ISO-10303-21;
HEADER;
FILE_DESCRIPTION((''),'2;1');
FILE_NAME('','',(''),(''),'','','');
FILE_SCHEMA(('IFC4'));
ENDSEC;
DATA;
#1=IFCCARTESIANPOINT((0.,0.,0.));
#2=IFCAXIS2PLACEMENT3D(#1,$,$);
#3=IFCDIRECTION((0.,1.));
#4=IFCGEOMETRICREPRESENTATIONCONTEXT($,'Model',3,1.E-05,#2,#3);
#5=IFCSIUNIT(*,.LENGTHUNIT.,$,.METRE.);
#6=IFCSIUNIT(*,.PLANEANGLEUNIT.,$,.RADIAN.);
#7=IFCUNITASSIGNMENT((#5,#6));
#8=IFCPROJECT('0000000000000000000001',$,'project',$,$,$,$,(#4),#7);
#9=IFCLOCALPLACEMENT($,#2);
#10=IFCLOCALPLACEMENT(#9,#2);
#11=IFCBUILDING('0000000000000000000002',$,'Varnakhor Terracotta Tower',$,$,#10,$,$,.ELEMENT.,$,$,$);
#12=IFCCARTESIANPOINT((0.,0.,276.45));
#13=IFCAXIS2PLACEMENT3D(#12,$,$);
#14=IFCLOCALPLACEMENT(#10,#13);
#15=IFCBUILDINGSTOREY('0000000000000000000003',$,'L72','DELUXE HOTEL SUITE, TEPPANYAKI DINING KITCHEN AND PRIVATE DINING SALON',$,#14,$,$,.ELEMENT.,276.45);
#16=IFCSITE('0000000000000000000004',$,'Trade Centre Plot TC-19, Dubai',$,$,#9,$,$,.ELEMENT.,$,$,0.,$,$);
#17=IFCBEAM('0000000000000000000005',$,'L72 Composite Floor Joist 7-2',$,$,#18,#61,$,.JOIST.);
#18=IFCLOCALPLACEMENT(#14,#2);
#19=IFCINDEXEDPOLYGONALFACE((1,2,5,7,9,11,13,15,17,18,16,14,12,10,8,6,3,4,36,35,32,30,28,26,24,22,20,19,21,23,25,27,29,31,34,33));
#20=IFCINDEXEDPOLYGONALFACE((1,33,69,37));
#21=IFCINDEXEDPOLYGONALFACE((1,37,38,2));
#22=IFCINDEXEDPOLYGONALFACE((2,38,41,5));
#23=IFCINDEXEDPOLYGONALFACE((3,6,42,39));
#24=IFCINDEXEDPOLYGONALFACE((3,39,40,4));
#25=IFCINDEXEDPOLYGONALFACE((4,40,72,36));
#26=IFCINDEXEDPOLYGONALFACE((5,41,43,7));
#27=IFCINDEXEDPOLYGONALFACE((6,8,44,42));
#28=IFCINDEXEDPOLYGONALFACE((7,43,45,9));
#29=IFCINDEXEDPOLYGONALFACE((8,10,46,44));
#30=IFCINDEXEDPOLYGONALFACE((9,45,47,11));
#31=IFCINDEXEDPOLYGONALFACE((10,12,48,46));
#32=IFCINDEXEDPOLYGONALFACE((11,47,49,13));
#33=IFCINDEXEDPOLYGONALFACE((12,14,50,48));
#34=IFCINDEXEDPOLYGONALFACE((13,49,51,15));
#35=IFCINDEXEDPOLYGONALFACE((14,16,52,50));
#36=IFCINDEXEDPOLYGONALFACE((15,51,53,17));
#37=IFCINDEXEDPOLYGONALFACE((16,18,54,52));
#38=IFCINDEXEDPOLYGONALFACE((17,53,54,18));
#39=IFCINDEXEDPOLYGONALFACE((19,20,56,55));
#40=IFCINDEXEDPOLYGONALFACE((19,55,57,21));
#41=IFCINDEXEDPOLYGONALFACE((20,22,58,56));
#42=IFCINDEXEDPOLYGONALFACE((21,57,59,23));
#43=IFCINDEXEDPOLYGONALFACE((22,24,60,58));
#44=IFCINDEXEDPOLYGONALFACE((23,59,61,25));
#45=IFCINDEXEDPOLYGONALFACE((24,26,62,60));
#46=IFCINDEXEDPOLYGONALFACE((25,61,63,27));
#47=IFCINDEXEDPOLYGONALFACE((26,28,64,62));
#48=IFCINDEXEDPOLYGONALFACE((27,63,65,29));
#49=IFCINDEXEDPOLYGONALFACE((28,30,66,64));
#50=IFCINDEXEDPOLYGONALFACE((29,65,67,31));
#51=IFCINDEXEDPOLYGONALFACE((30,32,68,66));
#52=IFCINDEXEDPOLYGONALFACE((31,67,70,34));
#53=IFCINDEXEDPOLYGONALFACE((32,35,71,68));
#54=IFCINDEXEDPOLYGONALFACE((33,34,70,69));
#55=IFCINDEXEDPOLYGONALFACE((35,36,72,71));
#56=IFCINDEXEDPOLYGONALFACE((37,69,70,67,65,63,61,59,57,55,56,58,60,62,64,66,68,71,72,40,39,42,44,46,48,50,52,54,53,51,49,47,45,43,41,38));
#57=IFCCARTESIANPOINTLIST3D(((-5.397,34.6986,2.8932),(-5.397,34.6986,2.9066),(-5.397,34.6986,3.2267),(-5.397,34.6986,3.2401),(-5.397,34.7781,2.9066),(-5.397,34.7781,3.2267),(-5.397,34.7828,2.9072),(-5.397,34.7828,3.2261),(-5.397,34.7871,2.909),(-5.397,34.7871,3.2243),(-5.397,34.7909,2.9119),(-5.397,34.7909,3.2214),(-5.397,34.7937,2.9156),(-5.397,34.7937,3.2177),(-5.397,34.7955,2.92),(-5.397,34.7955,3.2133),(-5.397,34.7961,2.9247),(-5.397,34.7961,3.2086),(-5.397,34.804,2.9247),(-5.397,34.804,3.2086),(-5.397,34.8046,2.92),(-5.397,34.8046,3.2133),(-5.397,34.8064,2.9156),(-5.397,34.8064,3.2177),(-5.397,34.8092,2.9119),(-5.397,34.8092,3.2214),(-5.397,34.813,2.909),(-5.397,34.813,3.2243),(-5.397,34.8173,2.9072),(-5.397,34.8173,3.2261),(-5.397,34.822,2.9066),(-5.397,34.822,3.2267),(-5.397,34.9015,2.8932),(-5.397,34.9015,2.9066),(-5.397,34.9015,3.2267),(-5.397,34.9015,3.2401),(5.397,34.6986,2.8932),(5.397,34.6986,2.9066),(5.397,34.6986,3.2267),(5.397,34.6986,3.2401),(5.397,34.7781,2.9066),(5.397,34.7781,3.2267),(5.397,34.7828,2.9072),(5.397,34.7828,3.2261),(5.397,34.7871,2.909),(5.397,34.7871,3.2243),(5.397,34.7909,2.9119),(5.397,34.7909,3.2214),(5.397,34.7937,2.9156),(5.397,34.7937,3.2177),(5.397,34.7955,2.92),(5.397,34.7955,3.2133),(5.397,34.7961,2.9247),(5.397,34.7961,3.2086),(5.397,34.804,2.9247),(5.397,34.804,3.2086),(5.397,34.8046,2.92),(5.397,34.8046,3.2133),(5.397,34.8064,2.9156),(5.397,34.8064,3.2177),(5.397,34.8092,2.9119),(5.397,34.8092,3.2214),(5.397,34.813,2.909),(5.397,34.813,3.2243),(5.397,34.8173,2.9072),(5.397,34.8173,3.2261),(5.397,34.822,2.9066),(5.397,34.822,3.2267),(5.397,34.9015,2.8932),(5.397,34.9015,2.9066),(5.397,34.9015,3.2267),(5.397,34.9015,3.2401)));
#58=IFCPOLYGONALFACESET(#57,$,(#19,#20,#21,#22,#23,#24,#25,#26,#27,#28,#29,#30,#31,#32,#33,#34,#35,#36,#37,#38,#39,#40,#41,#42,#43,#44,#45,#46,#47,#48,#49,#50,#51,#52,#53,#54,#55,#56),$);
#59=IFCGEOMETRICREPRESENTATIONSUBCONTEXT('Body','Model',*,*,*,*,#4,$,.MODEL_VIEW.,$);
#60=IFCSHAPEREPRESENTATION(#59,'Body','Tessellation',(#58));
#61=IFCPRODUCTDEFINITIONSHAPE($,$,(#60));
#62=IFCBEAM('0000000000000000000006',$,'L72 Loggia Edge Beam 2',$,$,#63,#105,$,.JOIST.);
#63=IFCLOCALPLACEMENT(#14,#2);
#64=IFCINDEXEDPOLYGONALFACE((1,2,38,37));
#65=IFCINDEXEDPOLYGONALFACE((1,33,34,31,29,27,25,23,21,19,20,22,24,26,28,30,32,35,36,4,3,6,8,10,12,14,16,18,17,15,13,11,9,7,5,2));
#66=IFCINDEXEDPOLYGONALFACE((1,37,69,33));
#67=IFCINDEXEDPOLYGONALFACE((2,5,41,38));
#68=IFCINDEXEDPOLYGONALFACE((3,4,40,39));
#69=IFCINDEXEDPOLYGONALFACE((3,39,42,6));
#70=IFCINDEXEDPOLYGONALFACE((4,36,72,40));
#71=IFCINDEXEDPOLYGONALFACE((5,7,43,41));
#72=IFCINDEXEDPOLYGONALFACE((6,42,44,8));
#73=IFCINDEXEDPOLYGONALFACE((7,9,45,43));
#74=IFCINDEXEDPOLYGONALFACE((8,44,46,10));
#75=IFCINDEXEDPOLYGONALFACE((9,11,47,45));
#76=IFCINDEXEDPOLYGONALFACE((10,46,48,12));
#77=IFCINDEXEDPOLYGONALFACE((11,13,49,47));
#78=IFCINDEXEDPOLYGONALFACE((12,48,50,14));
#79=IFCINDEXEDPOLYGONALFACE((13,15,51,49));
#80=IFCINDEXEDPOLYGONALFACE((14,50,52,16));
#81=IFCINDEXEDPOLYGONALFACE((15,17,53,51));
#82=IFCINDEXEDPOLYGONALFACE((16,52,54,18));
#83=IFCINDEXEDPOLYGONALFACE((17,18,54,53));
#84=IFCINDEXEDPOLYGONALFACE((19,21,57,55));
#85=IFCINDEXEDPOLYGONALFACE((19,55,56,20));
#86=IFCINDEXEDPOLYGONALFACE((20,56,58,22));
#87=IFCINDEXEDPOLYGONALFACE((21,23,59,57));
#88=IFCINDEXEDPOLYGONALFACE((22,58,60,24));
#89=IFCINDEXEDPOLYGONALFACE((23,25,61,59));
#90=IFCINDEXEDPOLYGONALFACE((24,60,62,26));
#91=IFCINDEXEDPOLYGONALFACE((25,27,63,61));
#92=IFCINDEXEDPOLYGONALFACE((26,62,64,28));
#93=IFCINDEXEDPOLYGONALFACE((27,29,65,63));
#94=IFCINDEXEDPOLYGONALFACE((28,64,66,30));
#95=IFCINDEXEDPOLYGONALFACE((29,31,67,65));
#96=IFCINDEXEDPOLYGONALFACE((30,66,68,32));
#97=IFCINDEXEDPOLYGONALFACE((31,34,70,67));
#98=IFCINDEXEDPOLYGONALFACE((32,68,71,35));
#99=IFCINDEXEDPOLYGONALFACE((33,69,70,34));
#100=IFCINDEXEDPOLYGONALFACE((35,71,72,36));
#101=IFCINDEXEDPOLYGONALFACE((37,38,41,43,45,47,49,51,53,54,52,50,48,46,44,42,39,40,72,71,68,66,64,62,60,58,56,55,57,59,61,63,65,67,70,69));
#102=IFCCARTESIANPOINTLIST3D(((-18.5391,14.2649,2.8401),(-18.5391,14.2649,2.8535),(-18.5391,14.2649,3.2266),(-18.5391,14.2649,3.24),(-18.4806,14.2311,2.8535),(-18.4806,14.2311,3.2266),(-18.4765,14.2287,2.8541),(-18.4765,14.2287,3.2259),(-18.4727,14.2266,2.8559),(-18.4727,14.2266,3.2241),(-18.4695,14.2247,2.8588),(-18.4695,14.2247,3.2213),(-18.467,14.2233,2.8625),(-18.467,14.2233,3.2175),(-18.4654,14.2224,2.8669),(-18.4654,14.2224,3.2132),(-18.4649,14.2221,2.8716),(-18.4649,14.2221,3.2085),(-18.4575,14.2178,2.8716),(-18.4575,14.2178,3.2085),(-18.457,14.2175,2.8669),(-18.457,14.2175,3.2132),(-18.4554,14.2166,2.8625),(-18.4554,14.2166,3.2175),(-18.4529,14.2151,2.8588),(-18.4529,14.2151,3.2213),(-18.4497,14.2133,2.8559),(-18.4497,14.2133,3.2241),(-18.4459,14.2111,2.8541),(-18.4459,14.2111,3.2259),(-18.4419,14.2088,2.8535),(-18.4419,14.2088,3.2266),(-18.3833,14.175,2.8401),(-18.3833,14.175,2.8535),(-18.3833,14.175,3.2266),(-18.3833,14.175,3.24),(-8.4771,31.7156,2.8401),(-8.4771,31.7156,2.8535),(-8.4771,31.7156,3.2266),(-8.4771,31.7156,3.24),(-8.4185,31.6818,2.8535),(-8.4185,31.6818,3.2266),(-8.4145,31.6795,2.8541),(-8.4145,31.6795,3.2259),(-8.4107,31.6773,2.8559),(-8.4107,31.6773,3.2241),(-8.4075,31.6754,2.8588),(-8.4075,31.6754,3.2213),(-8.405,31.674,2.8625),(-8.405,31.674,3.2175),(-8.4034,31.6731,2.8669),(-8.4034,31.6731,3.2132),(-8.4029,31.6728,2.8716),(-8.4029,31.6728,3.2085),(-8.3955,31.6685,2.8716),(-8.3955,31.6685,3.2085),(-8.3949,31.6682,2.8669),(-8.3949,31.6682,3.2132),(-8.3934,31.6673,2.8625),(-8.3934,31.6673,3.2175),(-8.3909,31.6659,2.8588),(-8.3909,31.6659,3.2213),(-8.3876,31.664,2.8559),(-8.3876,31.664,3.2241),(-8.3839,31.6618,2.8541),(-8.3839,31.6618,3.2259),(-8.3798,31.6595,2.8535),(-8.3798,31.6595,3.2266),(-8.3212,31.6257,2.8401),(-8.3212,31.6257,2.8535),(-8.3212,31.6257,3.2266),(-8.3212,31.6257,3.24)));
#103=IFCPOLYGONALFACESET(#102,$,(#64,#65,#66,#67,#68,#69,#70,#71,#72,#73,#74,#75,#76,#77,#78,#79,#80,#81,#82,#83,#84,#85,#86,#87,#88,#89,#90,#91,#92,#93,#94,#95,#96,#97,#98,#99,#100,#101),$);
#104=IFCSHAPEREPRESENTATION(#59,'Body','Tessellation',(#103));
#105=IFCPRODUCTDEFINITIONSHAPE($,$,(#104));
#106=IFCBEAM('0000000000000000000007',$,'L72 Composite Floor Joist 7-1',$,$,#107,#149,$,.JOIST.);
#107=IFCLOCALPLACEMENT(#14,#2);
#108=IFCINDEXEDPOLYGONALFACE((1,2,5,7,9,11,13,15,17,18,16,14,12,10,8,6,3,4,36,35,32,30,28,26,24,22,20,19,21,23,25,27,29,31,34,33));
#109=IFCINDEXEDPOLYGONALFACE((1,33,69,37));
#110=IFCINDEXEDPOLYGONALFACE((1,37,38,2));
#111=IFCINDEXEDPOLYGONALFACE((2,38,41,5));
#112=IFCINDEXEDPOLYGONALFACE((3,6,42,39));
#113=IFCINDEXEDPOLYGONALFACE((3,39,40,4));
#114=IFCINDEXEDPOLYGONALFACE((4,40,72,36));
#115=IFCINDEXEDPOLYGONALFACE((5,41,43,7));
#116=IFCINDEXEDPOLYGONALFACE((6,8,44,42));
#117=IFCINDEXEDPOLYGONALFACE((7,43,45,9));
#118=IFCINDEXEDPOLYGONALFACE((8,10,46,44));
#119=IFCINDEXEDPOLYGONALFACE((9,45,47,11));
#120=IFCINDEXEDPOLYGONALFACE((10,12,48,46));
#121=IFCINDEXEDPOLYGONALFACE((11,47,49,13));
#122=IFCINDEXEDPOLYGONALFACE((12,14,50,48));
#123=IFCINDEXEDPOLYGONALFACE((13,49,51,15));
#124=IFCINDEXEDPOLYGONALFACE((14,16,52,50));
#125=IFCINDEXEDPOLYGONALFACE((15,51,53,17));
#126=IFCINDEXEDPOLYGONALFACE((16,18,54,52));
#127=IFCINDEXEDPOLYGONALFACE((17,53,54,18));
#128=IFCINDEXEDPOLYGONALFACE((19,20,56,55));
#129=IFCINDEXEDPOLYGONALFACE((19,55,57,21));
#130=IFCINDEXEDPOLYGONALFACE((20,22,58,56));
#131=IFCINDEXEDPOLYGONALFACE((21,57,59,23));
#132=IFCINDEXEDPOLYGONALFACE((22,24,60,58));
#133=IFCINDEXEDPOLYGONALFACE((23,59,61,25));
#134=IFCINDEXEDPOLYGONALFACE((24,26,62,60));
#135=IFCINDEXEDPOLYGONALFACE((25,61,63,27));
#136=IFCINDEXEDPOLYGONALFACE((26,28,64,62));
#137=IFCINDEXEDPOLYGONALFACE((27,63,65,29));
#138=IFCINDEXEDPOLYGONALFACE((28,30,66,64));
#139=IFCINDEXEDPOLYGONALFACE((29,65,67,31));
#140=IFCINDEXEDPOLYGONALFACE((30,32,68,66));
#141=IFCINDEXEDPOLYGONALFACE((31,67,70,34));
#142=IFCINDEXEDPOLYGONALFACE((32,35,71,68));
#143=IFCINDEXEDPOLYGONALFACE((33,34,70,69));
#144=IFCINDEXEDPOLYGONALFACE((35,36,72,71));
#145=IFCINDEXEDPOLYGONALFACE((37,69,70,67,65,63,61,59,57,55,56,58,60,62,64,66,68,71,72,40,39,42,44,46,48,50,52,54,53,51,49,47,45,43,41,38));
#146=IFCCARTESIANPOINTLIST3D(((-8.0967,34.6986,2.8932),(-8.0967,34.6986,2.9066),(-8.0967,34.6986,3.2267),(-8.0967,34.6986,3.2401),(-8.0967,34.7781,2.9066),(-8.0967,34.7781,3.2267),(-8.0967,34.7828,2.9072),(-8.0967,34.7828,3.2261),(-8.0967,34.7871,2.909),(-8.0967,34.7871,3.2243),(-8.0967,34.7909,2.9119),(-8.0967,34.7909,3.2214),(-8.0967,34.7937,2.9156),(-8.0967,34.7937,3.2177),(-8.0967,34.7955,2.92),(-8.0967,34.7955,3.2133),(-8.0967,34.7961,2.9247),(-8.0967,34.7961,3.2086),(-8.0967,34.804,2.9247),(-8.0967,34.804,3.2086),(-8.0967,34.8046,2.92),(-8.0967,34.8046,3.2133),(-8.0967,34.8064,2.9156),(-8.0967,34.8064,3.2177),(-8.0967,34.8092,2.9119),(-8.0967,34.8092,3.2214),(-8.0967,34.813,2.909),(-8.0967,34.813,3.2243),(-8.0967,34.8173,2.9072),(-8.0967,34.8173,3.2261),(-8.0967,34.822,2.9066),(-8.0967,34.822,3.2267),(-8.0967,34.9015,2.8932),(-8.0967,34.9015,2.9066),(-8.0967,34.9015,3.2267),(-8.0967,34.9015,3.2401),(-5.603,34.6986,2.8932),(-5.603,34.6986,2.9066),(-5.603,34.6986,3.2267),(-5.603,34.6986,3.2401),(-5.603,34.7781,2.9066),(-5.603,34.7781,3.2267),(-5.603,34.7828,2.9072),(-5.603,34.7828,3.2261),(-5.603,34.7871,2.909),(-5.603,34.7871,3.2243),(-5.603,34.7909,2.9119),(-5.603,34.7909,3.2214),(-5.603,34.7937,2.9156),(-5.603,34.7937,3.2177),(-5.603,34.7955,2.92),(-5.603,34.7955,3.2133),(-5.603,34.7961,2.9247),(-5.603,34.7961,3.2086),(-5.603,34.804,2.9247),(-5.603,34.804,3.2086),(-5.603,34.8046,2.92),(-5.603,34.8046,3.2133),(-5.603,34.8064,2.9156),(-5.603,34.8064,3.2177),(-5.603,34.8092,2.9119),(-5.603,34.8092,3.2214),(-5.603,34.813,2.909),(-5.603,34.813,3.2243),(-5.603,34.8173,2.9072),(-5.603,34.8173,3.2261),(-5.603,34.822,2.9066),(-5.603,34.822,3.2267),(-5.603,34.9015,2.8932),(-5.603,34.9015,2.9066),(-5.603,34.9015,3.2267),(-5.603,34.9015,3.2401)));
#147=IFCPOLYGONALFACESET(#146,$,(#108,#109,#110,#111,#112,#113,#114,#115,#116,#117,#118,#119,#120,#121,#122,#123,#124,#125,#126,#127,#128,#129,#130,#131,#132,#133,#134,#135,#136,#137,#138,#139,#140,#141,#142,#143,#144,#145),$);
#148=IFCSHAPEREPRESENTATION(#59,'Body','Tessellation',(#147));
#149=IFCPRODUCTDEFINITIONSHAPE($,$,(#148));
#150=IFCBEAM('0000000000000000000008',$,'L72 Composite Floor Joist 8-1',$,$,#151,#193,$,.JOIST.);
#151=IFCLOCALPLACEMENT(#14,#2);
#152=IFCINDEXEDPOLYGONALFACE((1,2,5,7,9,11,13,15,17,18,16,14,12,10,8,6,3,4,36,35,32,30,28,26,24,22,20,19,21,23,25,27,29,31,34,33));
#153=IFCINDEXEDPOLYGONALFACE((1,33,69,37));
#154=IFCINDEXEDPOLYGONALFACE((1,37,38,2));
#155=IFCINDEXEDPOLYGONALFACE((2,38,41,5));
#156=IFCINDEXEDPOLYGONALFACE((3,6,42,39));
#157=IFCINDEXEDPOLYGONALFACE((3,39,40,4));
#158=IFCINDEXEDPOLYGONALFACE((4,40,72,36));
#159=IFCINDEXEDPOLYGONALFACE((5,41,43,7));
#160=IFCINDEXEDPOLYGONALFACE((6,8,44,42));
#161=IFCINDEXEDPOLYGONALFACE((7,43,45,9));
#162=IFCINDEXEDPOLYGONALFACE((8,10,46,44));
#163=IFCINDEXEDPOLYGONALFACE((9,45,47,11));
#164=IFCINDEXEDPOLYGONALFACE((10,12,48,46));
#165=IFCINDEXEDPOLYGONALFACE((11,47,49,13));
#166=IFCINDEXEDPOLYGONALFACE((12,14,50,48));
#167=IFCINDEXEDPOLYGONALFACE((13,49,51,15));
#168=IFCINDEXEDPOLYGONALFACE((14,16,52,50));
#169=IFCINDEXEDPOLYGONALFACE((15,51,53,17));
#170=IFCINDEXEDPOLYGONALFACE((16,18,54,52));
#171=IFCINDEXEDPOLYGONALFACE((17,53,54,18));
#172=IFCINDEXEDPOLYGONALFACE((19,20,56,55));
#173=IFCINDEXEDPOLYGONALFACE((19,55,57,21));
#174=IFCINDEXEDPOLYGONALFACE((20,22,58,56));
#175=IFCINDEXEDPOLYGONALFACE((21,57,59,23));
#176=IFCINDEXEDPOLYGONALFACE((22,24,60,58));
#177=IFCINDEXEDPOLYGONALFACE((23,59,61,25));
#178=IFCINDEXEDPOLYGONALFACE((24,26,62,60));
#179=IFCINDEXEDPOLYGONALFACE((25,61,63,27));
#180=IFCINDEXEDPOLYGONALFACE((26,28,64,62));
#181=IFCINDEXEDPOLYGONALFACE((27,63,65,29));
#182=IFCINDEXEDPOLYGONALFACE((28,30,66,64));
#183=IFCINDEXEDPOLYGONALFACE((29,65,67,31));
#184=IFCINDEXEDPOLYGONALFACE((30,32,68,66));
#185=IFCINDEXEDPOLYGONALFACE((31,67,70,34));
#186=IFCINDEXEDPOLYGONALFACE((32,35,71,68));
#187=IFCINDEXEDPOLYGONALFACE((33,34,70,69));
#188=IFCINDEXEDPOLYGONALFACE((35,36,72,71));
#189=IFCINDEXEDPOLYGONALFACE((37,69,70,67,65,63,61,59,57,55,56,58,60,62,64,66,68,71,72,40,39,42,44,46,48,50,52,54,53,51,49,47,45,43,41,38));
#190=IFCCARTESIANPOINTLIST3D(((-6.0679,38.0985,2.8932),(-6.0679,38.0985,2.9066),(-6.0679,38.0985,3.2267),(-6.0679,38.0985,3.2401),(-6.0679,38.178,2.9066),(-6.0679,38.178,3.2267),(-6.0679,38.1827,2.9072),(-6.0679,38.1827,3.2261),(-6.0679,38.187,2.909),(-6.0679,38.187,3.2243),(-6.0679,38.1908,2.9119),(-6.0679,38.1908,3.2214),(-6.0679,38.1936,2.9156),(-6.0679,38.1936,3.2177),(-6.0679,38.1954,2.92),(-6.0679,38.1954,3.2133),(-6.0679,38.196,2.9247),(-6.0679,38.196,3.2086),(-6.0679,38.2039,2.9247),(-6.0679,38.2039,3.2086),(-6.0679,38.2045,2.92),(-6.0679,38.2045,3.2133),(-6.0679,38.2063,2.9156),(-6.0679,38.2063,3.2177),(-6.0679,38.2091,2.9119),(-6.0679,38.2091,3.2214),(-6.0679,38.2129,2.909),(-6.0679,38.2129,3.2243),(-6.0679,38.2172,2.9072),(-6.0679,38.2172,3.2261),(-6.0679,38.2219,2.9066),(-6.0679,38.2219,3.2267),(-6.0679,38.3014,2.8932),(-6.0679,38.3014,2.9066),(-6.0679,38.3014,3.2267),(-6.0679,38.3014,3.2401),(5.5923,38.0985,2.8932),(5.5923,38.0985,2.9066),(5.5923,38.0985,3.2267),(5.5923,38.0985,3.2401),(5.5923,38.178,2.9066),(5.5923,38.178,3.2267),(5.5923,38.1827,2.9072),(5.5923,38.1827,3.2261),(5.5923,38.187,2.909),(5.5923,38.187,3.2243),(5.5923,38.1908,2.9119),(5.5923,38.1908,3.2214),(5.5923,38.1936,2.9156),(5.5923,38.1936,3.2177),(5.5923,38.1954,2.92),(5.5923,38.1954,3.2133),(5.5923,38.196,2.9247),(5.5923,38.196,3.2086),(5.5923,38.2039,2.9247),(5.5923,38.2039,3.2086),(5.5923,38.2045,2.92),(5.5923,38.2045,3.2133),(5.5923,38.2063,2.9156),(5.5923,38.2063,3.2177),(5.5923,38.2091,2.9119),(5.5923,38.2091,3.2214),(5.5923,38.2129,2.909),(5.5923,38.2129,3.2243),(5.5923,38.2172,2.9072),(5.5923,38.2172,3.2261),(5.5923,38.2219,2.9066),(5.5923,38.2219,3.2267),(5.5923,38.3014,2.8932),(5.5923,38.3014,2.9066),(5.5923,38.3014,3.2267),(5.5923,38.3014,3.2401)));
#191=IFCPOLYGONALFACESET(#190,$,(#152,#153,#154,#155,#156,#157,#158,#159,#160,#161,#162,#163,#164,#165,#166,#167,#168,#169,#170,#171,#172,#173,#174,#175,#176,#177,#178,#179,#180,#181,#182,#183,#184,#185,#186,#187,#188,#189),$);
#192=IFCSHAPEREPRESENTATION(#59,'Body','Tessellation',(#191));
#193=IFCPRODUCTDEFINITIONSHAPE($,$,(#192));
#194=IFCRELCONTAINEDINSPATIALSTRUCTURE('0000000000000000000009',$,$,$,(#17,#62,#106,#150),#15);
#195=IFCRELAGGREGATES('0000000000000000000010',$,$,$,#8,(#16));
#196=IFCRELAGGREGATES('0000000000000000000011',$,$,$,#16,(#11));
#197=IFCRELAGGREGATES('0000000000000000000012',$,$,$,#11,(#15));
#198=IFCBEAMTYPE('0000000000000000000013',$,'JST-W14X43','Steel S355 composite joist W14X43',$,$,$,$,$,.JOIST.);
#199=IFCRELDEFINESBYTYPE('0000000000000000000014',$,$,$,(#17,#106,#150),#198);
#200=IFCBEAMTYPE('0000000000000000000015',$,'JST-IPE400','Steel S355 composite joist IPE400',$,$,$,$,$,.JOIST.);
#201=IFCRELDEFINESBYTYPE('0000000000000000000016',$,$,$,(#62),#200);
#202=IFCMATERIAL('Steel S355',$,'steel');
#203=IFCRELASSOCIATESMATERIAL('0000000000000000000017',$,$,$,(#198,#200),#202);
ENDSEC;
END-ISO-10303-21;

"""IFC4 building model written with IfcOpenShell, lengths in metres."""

from ifc_helpers import new_model, si_unit, direction, frame, origin, origin_2d, place, context, subcontext, project, spatial, i_section, extrude, source, transform, mapped, material, material_profile, profile_set, type_object, element, save


model = new_model("IFC4")

# Units and contexts
model_context = context("Model", 3, precision=1e-05, world=origin(), true_north=direction((0.0, 1.0)))
body_context = subcontext(model_context, "Body", "Model", "MODEL_VIEW")
ifc_project = project(units=[si_unit("LENGTHUNIT", "METRE"), si_unit("PLANEANGLEUNIT", "RADIAN")], contexts=[model_context])

# Site, building, storey
site_placement = place(None, origin())
site = spatial("IfcSite", under=ifc_project, at=site_placement, Name="Trade Centre Plot TC-19, Dubai", CompositionType="ELEMENT", RefElevation=0.0)
building_placement = place(site_placement, origin())
building = spatial("IfcBuilding", under=site, at=building_placement, Name="Varnakhor Terracotta Tower", CompositionType="ELEMENT")
storey_placement = place(building_placement, frame((0.0, 0.0, 276.45)))
storey = spatial("IfcBuildingStorey", under=building, at=storey_placement, Name="L72", Description="DELUXE HOTEL SUITE, TEPPANYAKI DINING KITCHEN AND PRIVATE DINING SALON", CompositionType="ELEMENT", Elevation=276.45)

# Beams
ifc_material_1 = material(Name="Steel S355", Category="steel")
ifc_material_profile_1 = material_profile(ifc_material_1, i_section(OverallWidth=0.2029, OverallDepth=0.3469, WebThickness=0.0078, FlangeThickness=0.0134, FilletRadius=0.0181, at=origin_2d()), Name="W14X43")
ifc_profile_set_1 = profile_set([ifc_material_profile_1], Name="Steel S355")
beam_type_1 = type_object("IfcBeamType", Name="JST-W14X43", Description="Steel S355 composite joist W14X43", PredefinedType="JOIST", material=ifc_profile_set_1)
shared_shape_1 = source(origin(), body_context, "Body", "SweptSolid", [
    extrude(i_section(OverallWidth=0.2029, OverallDepth=0.3469, WebThickness=0.0078, FlangeThickness=0.0134, FilletRadius=0.0181, at=origin_2d()), origin(), (0.0, 0.0, 1.0), 10.7939),
])
beam_1_placement = place(storey_placement, frame((-5.397, 34.8, 3.0667), z_axis=(1.0, 0.0, 0.0), x_axis=(0.0, 1.0, 0.0)))
element("IfcBeam", 1, at=beam_1_placement, inside=storey, type_object=beam_type_1, Name="L72 Composite Floor Joist 7-2", PredefinedType="JOIST", context=body_context, shape_type="MappedRepresentation", body=[
    mapped(shared_shape_1, transform((0.0, 0.0, 0.0), scale=1.0)),
])
ifc_material_profile_2 = material_profile(ifc_material_1, i_section(OverallWidth=0.1799, OverallDepth=0.3999, WebThickness=0.0085, FlangeThickness=0.0134, FilletRadius=0.0181, at=origin_2d()), Name="IPE400")
ifc_profile_set_2 = profile_set([ifc_material_profile_2], Name="Steel S355")
beam_type_2 = type_object("IfcBeamType", Name="JST-IPE400", Description="Steel S355 composite joist IPE400", PredefinedType="JOIST", material=ifc_profile_set_2)
shared_shape_2 = source(origin(), body_context, "Body", "SweptSolid", [
    extrude(i_section(OverallWidth=0.1799, OverallDepth=0.3999, WebThickness=0.0085, FlangeThickness=0.0134, FilletRadius=0.0181, at=origin_2d()), origin(), (0.0, 0.0, 1.0), 20.1438),
])
beam_2_placement = place(storey_placement, frame((-8.3992, 31.6707, 3.04), z_axis=(-0.49951, -0.866308, 0.0), x_axis=(0.866308, -0.49951, 0.0)))
element("IfcBeam", 2, at=beam_2_placement, inside=storey, type_object=beam_type_2, Name="L72 Loggia Edge Beam 2", PredefinedType="JOIST", context=body_context, shape_type="MappedRepresentation", body=[
    mapped(shared_shape_2, transform((0.0, 0.0, 0.0), scale=1.0)),
])
shared_shape_3 = source(origin(), body_context, "Body", "SweptSolid", [
    extrude(i_section(OverallWidth=0.2029, OverallDepth=0.3469, WebThickness=0.0078, FlangeThickness=0.0134, FilletRadius=0.0181, at=origin_2d()), origin(), (0.0, 0.0, 1.0), 2.4937),
])
beam_3_placement = place(storey_placement, frame((-8.0967, 34.8, 3.0667), z_axis=(1.0, 0.0, 0.0), x_axis=(0.0, 1.0, 0.0)))
element("IfcBeam", 3, at=beam_3_placement, inside=storey, type_object=beam_type_1, Name="L72 Composite Floor Joist 7-1", PredefinedType="JOIST", context=body_context, shape_type="MappedRepresentation", body=[
    mapped(shared_shape_3, transform((0.0, 0.0, 0.0), scale=1.0)),
])
shared_shape_4 = source(origin(), body_context, "Body", "SweptSolid", [
    extrude(i_section(OverallWidth=0.2029, OverallDepth=0.3469, WebThickness=0.0078, FlangeThickness=0.0134, FilletRadius=0.0181, at=origin_2d()), origin(), (0.0, 0.0, 1.0), 11.6602),
])
beam_4_placement = place(storey_placement, frame((-6.0679, 38.2, 3.0667), z_axis=(1.0, 0.0, 0.0), x_axis=(0.0, 1.0, 0.0)))
element("IfcBeam", 4, at=beam_4_placement, inside=storey, type_object=beam_type_1, Name="L72 Composite Floor Joist 8-1", PredefinedType="JOIST", context=body_context, shape_type="MappedRepresentation", body=[
    mapped(shared_shape_4, transform((0.0, 0.0, 0.0), scale=1.0)),
])

save(model, "model.ifc")
